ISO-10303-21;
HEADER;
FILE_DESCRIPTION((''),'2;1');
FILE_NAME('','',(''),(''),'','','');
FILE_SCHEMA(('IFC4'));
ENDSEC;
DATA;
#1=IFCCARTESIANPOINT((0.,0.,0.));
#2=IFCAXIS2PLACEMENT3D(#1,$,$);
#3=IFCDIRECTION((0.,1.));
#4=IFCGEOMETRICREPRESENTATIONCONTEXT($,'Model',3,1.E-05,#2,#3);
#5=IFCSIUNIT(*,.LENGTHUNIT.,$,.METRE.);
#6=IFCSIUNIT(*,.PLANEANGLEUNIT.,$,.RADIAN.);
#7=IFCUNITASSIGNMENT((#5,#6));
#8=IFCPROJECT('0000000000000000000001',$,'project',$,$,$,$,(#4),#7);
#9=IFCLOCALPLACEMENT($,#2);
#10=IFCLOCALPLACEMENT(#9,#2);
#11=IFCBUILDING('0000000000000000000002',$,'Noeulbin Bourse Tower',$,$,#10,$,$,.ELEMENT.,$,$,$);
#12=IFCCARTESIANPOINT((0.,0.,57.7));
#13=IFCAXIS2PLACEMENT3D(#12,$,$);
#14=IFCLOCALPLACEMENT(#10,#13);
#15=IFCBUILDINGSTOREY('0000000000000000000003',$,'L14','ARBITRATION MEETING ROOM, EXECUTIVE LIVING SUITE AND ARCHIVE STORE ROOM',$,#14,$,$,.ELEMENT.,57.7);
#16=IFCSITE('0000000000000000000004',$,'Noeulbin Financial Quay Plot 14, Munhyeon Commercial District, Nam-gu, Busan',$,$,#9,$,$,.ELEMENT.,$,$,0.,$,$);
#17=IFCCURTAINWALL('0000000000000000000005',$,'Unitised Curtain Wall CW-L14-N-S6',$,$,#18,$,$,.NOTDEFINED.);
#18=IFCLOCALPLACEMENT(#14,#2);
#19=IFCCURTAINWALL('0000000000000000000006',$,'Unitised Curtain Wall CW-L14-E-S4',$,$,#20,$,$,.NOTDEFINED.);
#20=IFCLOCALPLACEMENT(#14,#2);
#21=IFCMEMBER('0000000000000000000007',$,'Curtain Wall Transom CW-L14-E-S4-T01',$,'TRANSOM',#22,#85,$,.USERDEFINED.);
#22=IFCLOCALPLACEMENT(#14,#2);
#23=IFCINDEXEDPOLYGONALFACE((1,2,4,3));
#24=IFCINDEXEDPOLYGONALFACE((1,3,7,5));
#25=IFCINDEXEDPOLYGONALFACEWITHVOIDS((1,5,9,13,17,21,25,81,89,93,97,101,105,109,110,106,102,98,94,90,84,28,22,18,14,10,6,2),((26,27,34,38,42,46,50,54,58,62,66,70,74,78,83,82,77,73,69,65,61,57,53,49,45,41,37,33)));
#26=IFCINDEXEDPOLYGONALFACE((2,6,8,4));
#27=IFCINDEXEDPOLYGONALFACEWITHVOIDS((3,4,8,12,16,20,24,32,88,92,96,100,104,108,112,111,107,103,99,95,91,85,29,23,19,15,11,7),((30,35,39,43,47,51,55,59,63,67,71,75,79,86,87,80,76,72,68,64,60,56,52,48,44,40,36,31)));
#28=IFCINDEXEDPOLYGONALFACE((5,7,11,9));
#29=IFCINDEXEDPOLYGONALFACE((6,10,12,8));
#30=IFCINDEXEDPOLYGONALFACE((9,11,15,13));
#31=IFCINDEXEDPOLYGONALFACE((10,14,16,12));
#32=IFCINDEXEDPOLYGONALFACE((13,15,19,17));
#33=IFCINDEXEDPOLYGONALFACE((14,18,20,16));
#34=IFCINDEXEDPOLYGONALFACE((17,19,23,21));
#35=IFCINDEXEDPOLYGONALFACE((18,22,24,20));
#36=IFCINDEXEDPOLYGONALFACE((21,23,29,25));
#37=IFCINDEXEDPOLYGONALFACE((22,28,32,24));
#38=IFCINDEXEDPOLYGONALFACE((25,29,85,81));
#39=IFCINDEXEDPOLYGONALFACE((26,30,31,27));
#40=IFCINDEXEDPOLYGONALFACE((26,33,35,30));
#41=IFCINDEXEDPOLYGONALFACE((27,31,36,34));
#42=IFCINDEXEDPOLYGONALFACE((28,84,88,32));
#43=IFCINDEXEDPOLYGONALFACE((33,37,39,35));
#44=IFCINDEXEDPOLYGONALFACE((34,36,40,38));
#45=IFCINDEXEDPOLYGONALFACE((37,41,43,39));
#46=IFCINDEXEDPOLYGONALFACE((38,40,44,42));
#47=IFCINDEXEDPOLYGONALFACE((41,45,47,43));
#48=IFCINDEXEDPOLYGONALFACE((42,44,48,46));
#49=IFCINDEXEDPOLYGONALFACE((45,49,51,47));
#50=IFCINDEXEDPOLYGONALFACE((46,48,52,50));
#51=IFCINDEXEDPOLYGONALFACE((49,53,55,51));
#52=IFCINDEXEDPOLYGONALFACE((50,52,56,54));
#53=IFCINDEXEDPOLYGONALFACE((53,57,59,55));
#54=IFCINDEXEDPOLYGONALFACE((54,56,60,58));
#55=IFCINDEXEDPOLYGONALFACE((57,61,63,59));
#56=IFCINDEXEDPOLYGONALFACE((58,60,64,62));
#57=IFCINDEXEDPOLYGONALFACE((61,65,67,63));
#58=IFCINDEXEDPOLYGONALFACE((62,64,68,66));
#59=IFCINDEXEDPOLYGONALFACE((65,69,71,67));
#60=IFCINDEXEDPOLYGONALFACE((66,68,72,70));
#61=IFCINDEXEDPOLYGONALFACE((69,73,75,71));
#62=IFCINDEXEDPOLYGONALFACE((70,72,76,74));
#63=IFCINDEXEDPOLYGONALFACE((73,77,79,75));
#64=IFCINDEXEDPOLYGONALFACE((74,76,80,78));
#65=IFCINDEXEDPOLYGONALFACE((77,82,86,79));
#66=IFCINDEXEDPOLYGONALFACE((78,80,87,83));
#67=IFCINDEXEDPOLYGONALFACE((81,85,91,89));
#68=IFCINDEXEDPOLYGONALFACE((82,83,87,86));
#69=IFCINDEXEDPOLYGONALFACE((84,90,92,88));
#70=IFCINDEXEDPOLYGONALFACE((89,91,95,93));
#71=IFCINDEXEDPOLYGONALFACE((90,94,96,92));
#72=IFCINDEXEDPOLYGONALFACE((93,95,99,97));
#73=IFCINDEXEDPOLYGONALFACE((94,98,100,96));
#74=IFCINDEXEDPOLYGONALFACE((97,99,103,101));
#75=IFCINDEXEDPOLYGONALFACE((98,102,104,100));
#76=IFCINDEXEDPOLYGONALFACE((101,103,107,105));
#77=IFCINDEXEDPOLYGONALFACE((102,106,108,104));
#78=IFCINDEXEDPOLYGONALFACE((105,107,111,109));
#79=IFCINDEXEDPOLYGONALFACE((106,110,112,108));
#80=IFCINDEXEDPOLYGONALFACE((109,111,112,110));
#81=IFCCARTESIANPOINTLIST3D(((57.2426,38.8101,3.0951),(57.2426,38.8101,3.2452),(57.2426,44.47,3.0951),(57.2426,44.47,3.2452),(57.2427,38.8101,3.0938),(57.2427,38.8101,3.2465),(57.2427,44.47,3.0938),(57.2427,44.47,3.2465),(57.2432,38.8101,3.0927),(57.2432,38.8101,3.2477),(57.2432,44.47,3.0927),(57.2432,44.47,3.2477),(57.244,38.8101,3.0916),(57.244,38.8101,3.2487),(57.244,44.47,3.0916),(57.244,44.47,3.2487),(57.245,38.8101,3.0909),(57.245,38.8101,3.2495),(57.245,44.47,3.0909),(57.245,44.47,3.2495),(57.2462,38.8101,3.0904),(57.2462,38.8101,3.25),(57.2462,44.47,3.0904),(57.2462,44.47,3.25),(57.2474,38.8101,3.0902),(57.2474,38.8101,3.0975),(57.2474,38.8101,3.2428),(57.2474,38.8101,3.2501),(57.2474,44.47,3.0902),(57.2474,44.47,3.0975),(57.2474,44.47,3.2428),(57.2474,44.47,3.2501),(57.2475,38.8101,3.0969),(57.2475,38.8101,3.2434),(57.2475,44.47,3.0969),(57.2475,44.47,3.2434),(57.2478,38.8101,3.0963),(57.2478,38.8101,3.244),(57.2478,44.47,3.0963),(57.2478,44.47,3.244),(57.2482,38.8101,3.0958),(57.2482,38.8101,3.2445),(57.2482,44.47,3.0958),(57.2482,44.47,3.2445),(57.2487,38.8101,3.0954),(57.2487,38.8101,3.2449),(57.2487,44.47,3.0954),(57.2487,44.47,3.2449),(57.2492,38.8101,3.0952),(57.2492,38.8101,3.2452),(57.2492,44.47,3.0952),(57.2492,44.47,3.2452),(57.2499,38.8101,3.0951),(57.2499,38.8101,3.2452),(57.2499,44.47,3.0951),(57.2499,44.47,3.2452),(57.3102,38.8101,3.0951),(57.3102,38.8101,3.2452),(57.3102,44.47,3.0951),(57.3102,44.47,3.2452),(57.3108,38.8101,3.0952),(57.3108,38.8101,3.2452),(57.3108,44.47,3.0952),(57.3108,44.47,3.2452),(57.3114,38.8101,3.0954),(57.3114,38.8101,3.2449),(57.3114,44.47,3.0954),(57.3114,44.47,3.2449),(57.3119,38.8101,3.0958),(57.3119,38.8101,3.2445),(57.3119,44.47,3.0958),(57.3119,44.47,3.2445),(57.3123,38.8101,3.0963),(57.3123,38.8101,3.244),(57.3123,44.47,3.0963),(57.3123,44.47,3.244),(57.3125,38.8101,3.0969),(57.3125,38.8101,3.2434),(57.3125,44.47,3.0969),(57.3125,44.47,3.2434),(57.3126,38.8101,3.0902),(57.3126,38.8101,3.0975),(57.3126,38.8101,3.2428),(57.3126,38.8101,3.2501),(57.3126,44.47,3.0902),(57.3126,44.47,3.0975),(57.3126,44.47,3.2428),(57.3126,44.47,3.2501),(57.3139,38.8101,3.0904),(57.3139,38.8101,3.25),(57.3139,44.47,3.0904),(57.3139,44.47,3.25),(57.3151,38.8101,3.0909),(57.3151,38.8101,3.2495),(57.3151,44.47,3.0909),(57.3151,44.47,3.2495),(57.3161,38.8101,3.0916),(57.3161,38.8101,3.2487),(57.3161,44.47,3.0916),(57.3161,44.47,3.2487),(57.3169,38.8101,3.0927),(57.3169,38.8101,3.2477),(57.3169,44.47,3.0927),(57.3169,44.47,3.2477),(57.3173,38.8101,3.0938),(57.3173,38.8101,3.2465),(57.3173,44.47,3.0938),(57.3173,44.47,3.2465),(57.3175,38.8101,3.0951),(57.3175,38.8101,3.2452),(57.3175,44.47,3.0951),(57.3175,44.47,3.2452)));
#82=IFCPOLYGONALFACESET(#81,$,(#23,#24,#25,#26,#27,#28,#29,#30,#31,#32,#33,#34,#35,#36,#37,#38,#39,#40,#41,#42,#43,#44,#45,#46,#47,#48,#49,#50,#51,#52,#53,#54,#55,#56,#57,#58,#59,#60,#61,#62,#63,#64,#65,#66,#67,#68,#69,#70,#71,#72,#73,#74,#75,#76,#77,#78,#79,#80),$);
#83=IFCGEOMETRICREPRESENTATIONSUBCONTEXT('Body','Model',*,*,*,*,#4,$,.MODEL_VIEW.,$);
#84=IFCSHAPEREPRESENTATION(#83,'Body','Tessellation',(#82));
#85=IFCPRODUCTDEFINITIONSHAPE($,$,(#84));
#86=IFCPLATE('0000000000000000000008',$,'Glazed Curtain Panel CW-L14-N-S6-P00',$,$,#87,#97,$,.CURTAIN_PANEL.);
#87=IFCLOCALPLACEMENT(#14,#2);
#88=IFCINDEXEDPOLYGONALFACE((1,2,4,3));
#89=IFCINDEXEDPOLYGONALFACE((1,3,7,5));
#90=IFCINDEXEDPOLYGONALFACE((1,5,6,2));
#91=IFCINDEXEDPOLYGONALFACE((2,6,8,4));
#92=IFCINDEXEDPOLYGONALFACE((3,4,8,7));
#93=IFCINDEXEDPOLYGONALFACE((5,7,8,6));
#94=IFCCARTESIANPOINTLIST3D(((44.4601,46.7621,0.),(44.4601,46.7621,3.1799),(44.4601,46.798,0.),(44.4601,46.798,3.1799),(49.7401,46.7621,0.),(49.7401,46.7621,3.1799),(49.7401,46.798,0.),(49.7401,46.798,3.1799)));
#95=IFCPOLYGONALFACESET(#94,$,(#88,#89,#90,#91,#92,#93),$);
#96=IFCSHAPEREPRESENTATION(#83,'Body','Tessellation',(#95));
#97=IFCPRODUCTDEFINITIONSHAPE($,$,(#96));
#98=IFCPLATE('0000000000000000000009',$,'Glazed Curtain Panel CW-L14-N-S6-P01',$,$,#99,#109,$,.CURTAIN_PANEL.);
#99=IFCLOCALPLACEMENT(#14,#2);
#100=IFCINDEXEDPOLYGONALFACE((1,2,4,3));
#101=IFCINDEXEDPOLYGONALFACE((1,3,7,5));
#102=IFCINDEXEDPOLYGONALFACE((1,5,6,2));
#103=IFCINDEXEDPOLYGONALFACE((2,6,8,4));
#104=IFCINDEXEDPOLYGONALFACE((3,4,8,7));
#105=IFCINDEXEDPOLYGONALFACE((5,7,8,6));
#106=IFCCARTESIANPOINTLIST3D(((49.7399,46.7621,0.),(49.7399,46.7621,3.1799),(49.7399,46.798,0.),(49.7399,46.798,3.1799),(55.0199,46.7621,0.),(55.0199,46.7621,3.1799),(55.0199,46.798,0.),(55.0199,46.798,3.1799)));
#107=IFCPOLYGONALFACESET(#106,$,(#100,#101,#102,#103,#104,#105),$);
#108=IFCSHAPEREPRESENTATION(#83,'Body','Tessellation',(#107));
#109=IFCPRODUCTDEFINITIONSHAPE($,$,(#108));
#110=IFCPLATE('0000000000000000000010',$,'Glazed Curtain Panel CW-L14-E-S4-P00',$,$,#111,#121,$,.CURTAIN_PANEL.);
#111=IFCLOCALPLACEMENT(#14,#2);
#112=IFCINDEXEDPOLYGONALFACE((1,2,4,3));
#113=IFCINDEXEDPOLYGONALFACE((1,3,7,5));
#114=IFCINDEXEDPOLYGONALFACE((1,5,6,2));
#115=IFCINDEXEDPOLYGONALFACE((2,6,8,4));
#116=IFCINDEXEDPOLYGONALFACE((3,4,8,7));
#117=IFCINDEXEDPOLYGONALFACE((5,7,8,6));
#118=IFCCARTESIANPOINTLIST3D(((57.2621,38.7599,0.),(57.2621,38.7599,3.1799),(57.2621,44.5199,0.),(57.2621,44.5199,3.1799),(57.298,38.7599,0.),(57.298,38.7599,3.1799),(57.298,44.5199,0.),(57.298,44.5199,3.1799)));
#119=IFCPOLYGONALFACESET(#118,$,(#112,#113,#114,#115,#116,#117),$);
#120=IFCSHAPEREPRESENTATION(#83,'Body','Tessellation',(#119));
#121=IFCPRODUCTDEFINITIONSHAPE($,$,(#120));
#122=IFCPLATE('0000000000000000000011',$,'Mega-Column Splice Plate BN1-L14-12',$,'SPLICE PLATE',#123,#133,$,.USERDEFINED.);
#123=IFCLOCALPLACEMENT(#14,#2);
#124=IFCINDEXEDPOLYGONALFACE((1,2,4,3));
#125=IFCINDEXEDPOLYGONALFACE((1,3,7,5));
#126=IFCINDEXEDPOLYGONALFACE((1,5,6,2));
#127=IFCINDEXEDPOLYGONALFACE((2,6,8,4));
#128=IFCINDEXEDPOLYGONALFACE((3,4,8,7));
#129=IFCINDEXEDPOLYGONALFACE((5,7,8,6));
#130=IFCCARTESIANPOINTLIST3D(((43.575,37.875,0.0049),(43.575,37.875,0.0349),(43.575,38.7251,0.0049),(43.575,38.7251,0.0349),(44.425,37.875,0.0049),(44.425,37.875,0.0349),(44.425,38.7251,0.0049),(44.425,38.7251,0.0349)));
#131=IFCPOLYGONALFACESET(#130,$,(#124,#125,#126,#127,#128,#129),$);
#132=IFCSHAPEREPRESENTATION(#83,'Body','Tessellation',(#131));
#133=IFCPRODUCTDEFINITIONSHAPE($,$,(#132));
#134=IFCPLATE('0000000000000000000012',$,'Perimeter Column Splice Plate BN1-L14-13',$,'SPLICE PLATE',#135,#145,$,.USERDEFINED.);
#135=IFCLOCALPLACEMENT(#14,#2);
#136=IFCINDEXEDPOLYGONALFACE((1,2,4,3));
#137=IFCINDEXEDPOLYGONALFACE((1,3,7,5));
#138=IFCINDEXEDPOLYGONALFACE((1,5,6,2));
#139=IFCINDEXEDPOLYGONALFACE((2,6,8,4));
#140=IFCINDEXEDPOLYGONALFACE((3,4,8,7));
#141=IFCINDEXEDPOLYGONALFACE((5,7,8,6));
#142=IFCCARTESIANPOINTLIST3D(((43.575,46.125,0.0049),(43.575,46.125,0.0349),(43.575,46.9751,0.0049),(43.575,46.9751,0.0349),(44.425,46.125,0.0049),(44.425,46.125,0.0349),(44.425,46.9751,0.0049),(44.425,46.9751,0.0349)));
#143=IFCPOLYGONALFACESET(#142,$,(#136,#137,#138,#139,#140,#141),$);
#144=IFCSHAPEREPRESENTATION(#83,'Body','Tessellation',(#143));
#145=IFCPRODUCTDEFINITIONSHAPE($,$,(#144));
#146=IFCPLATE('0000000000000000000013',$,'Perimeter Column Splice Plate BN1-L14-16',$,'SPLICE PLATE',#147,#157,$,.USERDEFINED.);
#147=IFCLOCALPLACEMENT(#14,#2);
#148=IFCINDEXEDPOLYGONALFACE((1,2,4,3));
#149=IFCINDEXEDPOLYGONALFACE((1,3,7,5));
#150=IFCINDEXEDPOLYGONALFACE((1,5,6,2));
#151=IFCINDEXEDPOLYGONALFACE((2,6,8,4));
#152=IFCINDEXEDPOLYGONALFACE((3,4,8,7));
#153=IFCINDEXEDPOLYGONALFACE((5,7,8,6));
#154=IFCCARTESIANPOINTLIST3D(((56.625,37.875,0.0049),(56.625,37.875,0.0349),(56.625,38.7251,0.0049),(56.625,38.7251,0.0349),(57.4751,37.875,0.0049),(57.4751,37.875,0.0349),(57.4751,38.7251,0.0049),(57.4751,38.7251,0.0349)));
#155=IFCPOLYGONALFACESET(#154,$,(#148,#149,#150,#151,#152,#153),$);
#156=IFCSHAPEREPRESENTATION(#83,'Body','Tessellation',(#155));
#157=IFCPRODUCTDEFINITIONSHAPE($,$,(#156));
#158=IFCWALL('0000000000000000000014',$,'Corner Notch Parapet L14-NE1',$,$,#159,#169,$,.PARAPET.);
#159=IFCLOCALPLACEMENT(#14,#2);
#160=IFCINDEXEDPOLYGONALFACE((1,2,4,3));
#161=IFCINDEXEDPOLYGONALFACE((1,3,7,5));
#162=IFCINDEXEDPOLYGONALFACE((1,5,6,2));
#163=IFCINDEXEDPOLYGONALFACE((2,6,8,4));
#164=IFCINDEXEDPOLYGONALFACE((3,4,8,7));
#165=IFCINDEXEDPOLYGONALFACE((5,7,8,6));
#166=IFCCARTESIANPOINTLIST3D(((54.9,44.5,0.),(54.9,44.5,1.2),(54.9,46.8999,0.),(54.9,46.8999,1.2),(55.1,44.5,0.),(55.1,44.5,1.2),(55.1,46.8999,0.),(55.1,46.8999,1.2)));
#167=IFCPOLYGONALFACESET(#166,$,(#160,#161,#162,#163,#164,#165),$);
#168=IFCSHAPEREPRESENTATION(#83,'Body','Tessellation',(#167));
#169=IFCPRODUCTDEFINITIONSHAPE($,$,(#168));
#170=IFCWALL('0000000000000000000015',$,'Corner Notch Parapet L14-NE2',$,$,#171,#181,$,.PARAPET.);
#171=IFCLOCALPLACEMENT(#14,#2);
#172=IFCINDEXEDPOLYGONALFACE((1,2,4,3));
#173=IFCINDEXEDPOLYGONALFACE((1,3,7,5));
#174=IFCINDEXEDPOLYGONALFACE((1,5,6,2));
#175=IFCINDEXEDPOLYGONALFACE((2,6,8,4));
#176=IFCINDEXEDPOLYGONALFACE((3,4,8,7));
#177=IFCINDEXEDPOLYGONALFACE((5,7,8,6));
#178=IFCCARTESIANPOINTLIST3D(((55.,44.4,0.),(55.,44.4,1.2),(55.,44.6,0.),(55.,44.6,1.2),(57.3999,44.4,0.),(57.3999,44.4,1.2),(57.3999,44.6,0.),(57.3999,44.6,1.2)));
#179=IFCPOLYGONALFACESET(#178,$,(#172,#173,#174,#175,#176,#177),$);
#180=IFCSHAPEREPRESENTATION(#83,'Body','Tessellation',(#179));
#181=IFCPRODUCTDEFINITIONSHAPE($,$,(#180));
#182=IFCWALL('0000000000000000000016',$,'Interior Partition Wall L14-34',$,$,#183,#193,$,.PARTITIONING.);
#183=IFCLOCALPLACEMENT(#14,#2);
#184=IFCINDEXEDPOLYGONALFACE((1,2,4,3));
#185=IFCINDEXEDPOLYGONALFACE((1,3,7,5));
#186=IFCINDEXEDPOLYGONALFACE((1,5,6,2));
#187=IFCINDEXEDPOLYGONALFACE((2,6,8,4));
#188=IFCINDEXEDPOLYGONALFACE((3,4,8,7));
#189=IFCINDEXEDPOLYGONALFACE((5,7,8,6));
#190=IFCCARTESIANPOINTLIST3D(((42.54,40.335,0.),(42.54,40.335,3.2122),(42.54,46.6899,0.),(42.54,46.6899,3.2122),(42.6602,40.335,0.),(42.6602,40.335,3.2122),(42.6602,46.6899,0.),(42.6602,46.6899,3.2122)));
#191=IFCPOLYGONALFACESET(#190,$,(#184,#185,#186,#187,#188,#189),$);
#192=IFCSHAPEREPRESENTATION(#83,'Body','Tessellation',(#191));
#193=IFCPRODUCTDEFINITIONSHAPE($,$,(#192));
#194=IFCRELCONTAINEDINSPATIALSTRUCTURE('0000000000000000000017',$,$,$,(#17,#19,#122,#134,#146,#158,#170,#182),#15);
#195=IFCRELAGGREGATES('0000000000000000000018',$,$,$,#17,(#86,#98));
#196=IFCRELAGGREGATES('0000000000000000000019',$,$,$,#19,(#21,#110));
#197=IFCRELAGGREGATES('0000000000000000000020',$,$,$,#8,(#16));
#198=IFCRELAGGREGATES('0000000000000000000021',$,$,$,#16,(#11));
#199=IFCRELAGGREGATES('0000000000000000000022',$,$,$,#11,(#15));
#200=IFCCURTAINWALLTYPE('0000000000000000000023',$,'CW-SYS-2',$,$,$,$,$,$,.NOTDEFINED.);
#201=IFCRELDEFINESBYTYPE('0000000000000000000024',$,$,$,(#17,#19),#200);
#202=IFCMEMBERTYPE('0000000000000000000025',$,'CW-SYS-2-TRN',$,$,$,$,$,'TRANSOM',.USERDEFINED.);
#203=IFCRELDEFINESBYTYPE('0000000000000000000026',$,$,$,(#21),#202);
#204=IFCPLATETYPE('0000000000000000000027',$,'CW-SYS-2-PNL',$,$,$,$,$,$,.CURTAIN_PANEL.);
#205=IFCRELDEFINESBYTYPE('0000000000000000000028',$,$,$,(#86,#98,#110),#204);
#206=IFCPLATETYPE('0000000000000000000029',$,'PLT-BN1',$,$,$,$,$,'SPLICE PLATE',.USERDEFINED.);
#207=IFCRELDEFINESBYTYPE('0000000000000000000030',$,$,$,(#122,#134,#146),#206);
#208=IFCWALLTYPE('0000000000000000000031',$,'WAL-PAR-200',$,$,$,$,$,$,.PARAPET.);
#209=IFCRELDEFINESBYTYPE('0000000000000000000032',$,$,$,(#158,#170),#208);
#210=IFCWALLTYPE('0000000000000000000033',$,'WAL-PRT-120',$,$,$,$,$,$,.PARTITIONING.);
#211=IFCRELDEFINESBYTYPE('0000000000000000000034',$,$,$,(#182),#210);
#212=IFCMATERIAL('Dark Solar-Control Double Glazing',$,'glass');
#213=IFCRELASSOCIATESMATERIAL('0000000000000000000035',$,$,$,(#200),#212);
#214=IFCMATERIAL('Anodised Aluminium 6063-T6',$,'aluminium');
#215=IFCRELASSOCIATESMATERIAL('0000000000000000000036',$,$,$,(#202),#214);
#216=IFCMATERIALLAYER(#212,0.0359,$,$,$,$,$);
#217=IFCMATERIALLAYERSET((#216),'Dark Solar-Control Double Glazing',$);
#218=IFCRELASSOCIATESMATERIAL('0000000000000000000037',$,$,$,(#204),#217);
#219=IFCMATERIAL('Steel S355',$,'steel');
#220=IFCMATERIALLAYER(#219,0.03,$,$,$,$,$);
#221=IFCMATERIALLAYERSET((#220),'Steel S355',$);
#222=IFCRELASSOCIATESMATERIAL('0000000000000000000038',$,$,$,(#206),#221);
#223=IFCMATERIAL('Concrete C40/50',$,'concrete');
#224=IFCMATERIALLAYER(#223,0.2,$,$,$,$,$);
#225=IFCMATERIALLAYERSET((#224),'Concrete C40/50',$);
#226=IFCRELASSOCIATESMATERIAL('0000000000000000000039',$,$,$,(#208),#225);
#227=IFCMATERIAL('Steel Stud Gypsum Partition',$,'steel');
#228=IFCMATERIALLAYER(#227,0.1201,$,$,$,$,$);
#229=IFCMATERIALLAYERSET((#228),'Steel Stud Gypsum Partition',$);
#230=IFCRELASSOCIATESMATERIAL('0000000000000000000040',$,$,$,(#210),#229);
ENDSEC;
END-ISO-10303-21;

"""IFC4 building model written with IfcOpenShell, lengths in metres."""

from ifc_helpers import new_model, si_unit, direction, frame, frame_2d, origin, origin_2d, place, context, subcontext, project, spatial, rectangle, hollow_rectangle, extrude, material, layer, layer_set, material_profile, profile_set, type_object, element, aggregate, save


model = new_model("IFC4")

# Units and contexts
model_context = context("Model", 3, precision=1e-05, world=origin(), true_north=direction((0.0, 1.0)))
body_context = subcontext(model_context, "Body", "Model", "MODEL_VIEW")
ifc_project = project(units=[si_unit("LENGTHUNIT", "METRE"), si_unit("PLANEANGLEUNIT", "RADIAN")], contexts=[model_context])

# Site, building, storey
site_placement = place(None, origin())
site = spatial("IfcSite", under=ifc_project, at=site_placement, Name="Noeulbin Financial Quay Plot 14, Munhyeon Commercial District, Nam-gu, Busan", CompositionType="ELEMENT", RefElevation=0.0)
building_placement = place(site_placement, origin())
building = spatial("IfcBuilding", under=site, at=building_placement, Name="Noeulbin Bourse Tower", CompositionType="ELEMENT")
storey_placement = place(building_placement, frame((0.0, 0.0, 57.7)))
storey = spatial("IfcBuildingStorey", under=building, at=storey_placement, Name="L14", Description="ARBITRATION MEETING ROOM, EXECUTIVE LIVING SUITE AND ARCHIVE STORE ROOM", CompositionType="ELEMENT", Elevation=57.7)

# Shared definitions
ifc_material_1 = material(Name="Steel S355", Category="steel")

# Shared definitions
ifc_material_2 = material(Name="Dark Solar-Control Double Glazing", Category="glass")
curtain_wall_type = type_object("IfcCurtainWallType", Name="CW-SYS-2", PredefinedType="NOTDEFINED", material=ifc_material_2)
ifc_material_3 = material(Name="Anodised Aluminium 6063-T6", Category="aluminium")

# Curtain walls
curtain_wall_1_placement = place(storey_placement, origin())
curtain_wall_1 = element("IfcCurtainWall", 1, at=curtain_wall_1_placement, inside=storey, type_object=curtain_wall_type, Name="Unitised Curtain Wall CW-L14-N-S6", PredefinedType="NOTDEFINED")
curtain_wall_2_placement = place(storey_placement, origin())
curtain_wall_2 = element("IfcCurtainWall", 2, at=curtain_wall_2_placement, inside=storey, type_object=curtain_wall_type, Name="Unitised Curtain Wall CW-L14-E-S4", PredefinedType="NOTDEFINED")

# Member
ifc_material_profile_1 = material_profile(ifc_material_3, hollow_rectangle(XDim=0.075, YDim=0.1599, WallThickness=0.0049, InnerFilletRadius=0.0024, OuterFilletRadius=0.0049, at=origin_2d()), Name="ALU-TRAN-75x160x5", Category="LoadBearing")
ifc_profile_set_1 = profile_set([ifc_material_profile_1], Name="Anodised Aluminium 6063-T6")
member_type_1 = type_object("IfcMemberType", Name="CW-SYS-2-TRN", ElementType="TRANSOM", PredefinedType="USERDEFINED", material=ifc_profile_set_1)
member_1_placement = place(storey_placement, frame((57.28, 38.8101, 3.1702), z_axis=(0.0, 1.0, 0.0), x_axis=(-1.0, 0.0, 0.0)))
member_1 = element("IfcMember", 3, at=member_1_placement, type_object=member_type_1, Name="Curtain Wall Transom CW-L14-E-S4-T01", ObjectType="TRANSOM", PredefinedType="USERDEFINED", context=body_context, shape_type="SweptSolid", body=[
    extrude(hollow_rectangle(XDim=0.075, YDim=0.1599, WallThickness=0.0049, InnerFilletRadius=0.0024, OuterFilletRadius=0.0049, at=origin_2d()), origin(), (0.0, 0.0, 1.0), 5.6599),
])

# Plates
ifc_layer_1 = layer(ifc_material_2, 0.0359)
ifc_layer_set_1 = layer_set([ifc_layer_1], Name="Dark Solar-Control Double Glazing")
plate_type_1 = type_object("IfcPlateType", Name="CW-SYS-2-PNL", PredefinedType="CURTAIN_PANEL", material=ifc_layer_set_1)
plate_1_placement = place(storey_placement, frame((47.1001, 46.78, 0.0), z_axis=(0.0, 0.0, 1.0), x_axis=(1.0, 0.0, 0.0)))
plate_1 = element("IfcPlate", 4, at=plate_1_placement, type_object=plate_type_1, Name="Glazed Curtain Panel CW-L14-N-S6-P00", PredefinedType="CURTAIN_PANEL", context=body_context, shape_type="SweptSolid", body=[
    extrude(rectangle(XDim=5.28, YDim=0.0359, at=origin_2d()), origin(), (0.0, 0.0, 1.0), 3.1799),
])
plate_2_placement = place(storey_placement, frame((52.3799, 46.78, 0.0), z_axis=(0.0, 0.0, 1.0), x_axis=(1.0, 0.0, 0.0)))
plate_2 = element("IfcPlate", 5, at=plate_2_placement, type_object=plate_type_1, Name="Glazed Curtain Panel CW-L14-N-S6-P01", PredefinedType="CURTAIN_PANEL", context=body_context, shape_type="SweptSolid", body=[
    extrude(rectangle(XDim=5.28, YDim=0.0359, at=origin_2d()), origin(), (0.0, 0.0, 1.0), 3.1799),
])
aggregate(curtain_wall_1, [plate_1, plate_2])
plate_3_placement = place(storey_placement, frame((57.28, 41.6399, 0.0), z_axis=(0.0, 0.0, 1.0), x_axis=(0.0, 1.0, 0.0)))
plate_3 = element("IfcPlate", 6, at=plate_3_placement, type_object=plate_type_1, Name="Glazed Curtain Panel CW-L14-E-S4-P00", PredefinedType="CURTAIN_PANEL", context=body_context, shape_type="SweptSolid", body=[
    extrude(rectangle(XDim=5.76, YDim=0.0359, at=origin_2d()), origin(), (0.0, 0.0, 1.0), 3.1799),
])
aggregate(curtain_wall_2, [member_1, plate_3])

# Plates
ifc_layer_2 = layer(ifc_material_1, 0.03)
ifc_layer_set_2 = layer_set([ifc_layer_2], Name="Steel S355")
plate_type_2 = type_object("IfcPlateType", Name="PLT-BN1", ElementType="SPLICE PLATE", PredefinedType="USERDEFINED", material=ifc_layer_set_2)
for number, where, z_axis, x_axis, name in (
    (7, (44.0, 38.3, 0.0049), (0.0, 0.0, 1.0), (1.0, 0.0, 0.0), "Mega-Column Splice Plate BN1-L14-12"),
    (8, (44.0, 46.55, 0.0049), (0.0, 0.0, 1.0), (1.0, 0.0, 0.0), "Perimeter Column Splice Plate BN1-L14-13"),
    (9, (57.05, 38.3, 0.0049), (0.0, 0.0, 1.0), (1.0, 0.0, 0.0), "Perimeter Column Splice Plate BN1-L14-16"),
):
    element("IfcPlate", number, at=place(storey_placement, frame(where, z_axis=z_axis, x_axis=x_axis)), inside=storey, type_object=plate_type_2, Name=name, ObjectType="SPLICE PLATE", PredefinedType="USERDEFINED", context=body_context, shape_type="SweptSolid", body=[
        extrude(rectangle(XDim=0.8501, YDim=0.8501, at=origin_2d()), origin(), (0.0, 0.0, 1.0), 0.03),
    ])

# Walls
ifc_material_4 = material(Name="Concrete C40/50", Category="concrete")
ifc_layer_3 = layer(ifc_material_4, 0.2)
ifc_layer_set_3 = layer_set([ifc_layer_3], Name="Concrete C40/50")
wall_type_1 = type_object("IfcWallType", Name="WAL-PAR-200", PredefinedType="PARAPET", material=ifc_layer_set_3)
for number, where, z_axis, x_axis, name in (
    (10, (55.0, 46.8999, 0.0), (0.0, 0.0, 1.0), (0.0, -1.0, 0.0), "Corner Notch Parapet L14-NE1"),
    (11, (55.0, 44.5, 0.0), (0.0, 0.0, 1.0), (1.0, 0.0, 0.0), "Corner Notch Parapet L14-NE2"),
):
    element("IfcWall", number, at=place(storey_placement, frame(where, z_axis=z_axis, x_axis=x_axis)), inside=storey, type_object=wall_type_1, Name=name, PredefinedType="PARAPET", context=body_context, shape_type="SweptSolid", body=[
        extrude(rectangle(XDim=2.3999, YDim=0.2, at=frame_2d((1.2, 0.0))), origin(), (0.0, 0.0, 1.0), 1.2),
    ])
ifc_material_5 = material(Name="Steel Stud Gypsum Partition", Category="steel")
ifc_layer_4 = layer(ifc_material_5, 0.1201)
ifc_layer_set_4 = layer_set([ifc_layer_4], Name="Steel Stud Gypsum Partition")
wall_type_2 = type_object("IfcWallType", Name="WAL-PRT-120", PredefinedType="PARTITIONING", material=ifc_layer_set_4)
wall_placement = place(storey_placement, frame((42.6001, 40.335, 0.0), z_axis=(0.0, 0.0, 1.0), x_axis=(0.0, 1.0, 0.0)))
element("IfcWall", 12, at=wall_placement, inside=storey, type_object=wall_type_2, Name="Interior Partition Wall L14-34", PredefinedType="PARTITIONING", context=body_context, shape_type="SweptSolid", body=[
    extrude(rectangle(XDim=6.355, YDim=0.1201, at=frame_2d((3.1775, 0.0))), origin(), (0.0, 0.0, 1.0), 3.2122),
])

save(model, "model.ifc")
